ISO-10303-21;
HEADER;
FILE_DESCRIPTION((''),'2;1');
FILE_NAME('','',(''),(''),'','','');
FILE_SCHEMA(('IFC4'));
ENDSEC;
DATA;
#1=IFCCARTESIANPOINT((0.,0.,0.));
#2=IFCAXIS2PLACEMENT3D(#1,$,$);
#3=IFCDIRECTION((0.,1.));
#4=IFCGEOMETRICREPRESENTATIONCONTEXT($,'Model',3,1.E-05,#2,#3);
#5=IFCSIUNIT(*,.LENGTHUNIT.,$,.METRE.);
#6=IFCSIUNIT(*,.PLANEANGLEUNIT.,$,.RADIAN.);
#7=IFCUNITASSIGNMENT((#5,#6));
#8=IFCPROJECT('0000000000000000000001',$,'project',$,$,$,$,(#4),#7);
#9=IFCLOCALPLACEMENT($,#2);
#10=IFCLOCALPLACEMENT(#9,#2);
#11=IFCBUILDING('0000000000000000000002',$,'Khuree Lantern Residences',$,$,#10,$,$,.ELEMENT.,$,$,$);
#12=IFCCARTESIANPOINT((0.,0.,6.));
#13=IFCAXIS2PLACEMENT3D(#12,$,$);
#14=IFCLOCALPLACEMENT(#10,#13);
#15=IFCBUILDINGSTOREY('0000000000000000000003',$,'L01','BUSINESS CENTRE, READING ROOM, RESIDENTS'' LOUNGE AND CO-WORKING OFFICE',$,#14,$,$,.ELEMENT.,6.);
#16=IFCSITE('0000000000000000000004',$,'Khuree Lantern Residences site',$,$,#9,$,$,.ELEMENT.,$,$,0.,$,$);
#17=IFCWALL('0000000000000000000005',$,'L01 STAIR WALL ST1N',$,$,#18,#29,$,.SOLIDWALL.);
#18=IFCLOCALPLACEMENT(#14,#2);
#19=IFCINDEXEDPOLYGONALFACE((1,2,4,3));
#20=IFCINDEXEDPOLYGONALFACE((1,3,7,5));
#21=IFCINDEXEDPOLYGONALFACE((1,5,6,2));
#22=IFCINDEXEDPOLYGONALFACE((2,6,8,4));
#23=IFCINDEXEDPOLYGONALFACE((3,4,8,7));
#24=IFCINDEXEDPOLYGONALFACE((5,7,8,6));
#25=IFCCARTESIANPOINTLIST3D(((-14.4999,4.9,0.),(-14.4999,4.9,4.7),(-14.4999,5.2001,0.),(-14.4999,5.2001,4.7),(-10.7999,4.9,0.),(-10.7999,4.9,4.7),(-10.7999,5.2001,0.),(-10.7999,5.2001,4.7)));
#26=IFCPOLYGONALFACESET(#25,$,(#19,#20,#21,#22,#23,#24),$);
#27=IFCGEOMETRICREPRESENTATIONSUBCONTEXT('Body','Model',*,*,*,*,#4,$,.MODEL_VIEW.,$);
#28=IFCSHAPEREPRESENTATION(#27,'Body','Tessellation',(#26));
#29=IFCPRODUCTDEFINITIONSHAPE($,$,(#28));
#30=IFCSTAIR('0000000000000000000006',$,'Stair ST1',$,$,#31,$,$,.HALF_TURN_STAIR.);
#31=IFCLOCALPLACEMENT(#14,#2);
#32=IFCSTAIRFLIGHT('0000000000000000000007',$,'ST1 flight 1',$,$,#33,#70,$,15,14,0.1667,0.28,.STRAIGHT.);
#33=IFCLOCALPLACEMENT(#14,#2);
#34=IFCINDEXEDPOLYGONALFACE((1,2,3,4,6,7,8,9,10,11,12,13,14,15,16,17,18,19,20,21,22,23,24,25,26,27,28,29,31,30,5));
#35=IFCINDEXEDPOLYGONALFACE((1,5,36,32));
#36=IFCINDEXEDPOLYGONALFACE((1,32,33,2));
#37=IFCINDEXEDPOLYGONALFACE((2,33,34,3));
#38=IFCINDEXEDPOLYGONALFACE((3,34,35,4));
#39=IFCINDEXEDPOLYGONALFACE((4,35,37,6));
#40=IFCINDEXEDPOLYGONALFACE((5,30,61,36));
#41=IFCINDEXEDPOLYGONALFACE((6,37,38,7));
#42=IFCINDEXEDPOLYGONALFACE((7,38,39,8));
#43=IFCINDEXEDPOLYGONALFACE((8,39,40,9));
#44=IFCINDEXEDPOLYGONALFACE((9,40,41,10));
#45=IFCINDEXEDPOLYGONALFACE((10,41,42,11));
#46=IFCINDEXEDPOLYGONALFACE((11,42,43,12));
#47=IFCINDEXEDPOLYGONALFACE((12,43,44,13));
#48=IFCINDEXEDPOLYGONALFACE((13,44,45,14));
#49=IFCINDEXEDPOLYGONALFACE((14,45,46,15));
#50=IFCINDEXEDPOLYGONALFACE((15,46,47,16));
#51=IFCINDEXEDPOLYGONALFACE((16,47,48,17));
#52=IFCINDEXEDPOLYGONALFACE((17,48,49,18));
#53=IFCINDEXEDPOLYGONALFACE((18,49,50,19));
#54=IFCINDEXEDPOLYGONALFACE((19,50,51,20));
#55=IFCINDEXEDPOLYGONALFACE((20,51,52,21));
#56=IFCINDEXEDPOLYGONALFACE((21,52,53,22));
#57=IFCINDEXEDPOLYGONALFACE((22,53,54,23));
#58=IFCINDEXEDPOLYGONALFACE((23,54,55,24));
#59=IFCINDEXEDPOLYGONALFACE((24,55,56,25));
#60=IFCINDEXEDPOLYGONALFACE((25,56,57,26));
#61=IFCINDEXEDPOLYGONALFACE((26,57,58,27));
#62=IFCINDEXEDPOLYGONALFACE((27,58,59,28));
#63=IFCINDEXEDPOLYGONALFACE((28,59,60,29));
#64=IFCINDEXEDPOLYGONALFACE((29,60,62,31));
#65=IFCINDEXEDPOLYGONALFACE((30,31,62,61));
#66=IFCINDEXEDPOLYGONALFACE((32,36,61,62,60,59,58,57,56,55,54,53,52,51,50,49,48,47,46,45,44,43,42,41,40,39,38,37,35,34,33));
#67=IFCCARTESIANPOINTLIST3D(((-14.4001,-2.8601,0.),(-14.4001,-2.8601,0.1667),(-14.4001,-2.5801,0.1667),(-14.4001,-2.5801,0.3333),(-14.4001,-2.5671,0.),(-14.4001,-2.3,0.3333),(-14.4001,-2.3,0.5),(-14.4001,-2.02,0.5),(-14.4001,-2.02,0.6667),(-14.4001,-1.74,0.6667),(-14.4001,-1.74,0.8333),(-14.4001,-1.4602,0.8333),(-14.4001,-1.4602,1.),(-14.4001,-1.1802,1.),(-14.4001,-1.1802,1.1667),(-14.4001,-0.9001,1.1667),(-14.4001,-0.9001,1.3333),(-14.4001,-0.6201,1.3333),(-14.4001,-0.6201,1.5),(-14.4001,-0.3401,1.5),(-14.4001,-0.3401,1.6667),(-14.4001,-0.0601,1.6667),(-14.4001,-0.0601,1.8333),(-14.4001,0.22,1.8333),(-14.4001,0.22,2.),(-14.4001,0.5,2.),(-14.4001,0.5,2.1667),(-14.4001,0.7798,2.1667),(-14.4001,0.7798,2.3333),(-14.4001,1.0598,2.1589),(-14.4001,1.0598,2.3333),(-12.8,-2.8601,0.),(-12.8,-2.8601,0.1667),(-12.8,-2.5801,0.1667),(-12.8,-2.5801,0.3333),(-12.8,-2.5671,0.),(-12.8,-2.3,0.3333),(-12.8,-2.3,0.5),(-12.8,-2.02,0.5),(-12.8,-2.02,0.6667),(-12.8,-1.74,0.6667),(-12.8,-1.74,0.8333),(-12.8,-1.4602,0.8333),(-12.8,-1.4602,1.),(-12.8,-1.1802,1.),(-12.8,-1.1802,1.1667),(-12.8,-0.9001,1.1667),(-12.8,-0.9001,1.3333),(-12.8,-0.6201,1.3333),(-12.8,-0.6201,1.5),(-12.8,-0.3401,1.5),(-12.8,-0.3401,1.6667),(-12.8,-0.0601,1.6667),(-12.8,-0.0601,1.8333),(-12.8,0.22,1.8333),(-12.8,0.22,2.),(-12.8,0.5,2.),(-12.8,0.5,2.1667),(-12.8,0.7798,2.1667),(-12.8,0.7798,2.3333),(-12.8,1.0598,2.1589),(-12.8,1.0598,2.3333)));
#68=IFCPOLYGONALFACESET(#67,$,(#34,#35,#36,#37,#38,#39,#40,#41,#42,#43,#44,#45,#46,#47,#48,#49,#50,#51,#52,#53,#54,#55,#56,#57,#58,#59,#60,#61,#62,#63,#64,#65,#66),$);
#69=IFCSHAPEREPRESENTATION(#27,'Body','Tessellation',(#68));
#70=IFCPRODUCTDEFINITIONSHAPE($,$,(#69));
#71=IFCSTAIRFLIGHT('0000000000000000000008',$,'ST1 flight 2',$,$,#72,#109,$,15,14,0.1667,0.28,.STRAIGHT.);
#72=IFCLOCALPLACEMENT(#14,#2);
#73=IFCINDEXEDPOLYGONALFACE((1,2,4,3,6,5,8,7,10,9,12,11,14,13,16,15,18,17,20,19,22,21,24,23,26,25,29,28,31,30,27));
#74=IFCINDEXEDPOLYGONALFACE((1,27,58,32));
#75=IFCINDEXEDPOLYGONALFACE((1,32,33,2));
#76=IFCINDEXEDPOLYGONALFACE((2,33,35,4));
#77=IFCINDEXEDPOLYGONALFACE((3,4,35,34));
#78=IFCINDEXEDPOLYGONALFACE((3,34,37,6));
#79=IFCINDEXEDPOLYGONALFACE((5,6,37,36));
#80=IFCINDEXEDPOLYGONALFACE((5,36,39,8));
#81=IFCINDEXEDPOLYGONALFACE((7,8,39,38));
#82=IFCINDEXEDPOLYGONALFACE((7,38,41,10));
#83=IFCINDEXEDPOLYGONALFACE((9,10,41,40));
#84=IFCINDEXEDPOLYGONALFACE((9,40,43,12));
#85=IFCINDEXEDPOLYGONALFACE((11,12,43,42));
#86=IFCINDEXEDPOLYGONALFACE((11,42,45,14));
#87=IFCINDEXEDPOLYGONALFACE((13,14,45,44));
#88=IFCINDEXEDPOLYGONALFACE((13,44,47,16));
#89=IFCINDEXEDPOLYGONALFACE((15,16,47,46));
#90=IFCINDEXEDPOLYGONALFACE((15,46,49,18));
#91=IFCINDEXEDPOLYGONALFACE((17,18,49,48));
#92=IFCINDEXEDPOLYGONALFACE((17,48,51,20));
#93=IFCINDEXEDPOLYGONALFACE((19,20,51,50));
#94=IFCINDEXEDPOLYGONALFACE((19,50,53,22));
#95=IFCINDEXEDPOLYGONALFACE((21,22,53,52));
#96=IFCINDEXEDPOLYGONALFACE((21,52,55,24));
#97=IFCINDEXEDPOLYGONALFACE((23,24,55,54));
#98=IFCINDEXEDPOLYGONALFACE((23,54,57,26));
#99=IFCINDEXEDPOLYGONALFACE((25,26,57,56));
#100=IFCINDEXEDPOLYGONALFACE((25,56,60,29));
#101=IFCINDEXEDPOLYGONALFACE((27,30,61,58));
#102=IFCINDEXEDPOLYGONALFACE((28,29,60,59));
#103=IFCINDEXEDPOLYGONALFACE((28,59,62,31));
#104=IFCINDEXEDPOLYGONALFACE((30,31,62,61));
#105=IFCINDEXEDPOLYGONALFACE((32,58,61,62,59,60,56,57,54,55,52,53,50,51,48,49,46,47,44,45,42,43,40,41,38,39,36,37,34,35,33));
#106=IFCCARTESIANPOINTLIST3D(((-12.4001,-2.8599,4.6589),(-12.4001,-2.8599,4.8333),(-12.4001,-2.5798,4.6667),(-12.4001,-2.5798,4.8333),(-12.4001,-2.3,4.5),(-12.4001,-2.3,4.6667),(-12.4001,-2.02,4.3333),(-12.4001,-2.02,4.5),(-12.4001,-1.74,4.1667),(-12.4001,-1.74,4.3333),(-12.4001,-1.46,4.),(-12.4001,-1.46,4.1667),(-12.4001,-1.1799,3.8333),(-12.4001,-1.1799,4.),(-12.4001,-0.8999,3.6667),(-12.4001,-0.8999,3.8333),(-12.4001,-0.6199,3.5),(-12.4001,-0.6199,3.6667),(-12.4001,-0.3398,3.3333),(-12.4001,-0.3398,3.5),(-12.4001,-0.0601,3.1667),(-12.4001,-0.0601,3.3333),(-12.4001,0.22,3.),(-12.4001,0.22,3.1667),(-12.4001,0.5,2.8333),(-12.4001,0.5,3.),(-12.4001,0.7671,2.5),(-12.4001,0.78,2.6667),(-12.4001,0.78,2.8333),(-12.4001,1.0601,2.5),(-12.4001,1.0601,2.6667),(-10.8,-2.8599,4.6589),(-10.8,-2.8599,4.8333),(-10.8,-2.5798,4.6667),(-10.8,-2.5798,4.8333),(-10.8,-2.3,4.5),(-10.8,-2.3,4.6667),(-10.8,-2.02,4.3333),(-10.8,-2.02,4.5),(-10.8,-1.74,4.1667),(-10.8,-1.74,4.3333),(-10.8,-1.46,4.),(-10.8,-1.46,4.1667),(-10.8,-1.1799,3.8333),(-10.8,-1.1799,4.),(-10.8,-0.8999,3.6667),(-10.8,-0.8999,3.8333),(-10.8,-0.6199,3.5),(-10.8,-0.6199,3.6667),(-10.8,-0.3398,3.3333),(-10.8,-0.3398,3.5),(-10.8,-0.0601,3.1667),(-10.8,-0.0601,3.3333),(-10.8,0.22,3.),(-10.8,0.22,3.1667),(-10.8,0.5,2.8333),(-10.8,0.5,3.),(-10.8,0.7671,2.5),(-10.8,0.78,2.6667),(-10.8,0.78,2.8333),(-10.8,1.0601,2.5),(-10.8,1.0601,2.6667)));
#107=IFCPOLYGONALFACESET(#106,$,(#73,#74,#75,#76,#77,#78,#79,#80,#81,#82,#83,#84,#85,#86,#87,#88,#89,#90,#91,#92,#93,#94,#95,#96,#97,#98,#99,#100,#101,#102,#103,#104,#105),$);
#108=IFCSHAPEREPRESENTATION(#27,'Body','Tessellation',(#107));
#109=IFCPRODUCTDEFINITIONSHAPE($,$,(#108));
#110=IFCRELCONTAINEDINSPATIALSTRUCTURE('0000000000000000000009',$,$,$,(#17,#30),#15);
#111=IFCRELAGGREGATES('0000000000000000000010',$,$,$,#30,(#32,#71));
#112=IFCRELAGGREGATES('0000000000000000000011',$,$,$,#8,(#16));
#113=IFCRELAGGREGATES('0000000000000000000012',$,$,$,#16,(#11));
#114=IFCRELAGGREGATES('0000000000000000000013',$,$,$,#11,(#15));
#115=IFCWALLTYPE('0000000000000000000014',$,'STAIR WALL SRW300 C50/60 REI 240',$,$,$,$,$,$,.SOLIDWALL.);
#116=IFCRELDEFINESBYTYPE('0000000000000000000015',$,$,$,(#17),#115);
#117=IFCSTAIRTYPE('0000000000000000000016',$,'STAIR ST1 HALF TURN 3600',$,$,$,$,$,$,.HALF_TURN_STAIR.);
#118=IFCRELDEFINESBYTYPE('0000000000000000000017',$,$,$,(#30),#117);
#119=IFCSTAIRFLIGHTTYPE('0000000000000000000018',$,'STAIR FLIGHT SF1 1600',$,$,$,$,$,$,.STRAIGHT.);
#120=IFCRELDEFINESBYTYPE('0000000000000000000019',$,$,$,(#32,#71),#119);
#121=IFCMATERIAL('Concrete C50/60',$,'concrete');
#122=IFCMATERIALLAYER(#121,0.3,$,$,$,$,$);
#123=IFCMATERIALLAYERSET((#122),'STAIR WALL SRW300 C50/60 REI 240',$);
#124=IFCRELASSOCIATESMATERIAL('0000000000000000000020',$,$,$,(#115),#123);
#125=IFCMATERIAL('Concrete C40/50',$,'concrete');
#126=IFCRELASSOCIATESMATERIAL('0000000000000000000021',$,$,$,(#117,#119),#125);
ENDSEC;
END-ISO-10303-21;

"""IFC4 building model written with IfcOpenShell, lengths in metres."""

from ifc_helpers import new_model, si_unit, direction, frame, frame_2d, origin, place, context, subcontext, project, spatial, polyline, rectangle, outline, extrude, material, layer, layer_set, type_object, element, aggregate, save


model = new_model("IFC4")

# Units and contexts
model_context = context("Model", 3, precision=1e-05, world=origin(), true_north=direction((0.0, 1.0)))
body_context = subcontext(model_context, "Body", "Model", "MODEL_VIEW")
ifc_project = project(units=[si_unit("LENGTHUNIT", "METRE"), si_unit("PLANEANGLEUNIT", "RADIAN")], contexts=[model_context])

# Site, building, storey
site_placement = place(None, origin())
site = spatial("IfcSite", under=ifc_project, at=site_placement, Name="Khuree Lantern Residences site", CompositionType="ELEMENT", RefElevation=0.0)
building_placement = place(site_placement, origin())
building = spatial("IfcBuilding", under=site, at=building_placement, Name="Khuree Lantern Residences", CompositionType="ELEMENT")
storey_placement = place(building_placement, frame((0.0, 0.0, 6.0)))
storey = spatial("IfcBuildingStorey", under=building, at=storey_placement, Name="L01", Description="BUSINESS CENTRE, READING ROOM, RESIDENTS' LOUNGE AND CO-WORKING OFFICE", CompositionType="ELEMENT", Elevation=6.0)

# Shared definitions
ifc_material_1 = material(Name="Concrete C50/60", Category="concrete")
ifc_layer_1 = layer(ifc_material_1, 0.3)
ifc_layer_set_1 = layer_set([ifc_layer_1], Name="STAIR WALL SRW300 C50/60 REI 240")
wall_type_1 = type_object("IfcWallType", Name="STAIR WALL SRW300 C50/60 REI 240", PredefinedType="SOLIDWALL", material=ifc_layer_set_1)

# Wall
wall_1_placement = place(storey_placement, frame((-14.5, 5.05, 0.0), z_axis=(0.0, 0.0, 1.0), x_axis=(1.0, 0.0, 0.0)))
element("IfcWall", 1, at=wall_1_placement, inside=storey, type_object=wall_type_1, Name="L01 STAIR WALL ST1N", PredefinedType="SOLIDWALL", context=body_context, shape_type="SweptSolid", body=[
    extrude(rectangle(XDim=3.7, YDim=0.3, at=frame_2d((1.8501, 0.0))), origin(), (0.0, 0.0, 1.0), 4.7),
])

# Stair, stair flights
ifc_material_2 = material(Name="Concrete C40/50", Category="concrete")
stair_type = type_object("IfcStairType", Name="STAIR ST1 HALF TURN 3600", PredefinedType="HALF_TURN_STAIR", material=ifc_material_2)
stair_placement = place(storey_placement, origin())
stair = element("IfcStair", 2, at=stair_placement, inside=storey, type_object=stair_type, Name="Stair ST1", PredefinedType="HALF_TURN_STAIR")
stair_flight_type = type_object("IfcStairFlightType", Name="STAIR FLIGHT SF1 1600", PredefinedType="STRAIGHT", material=ifc_material_2)
stair_flight_1_placement = place(storey_placement, frame((-13.6001, -2.8601, 0.0), z_axis=(0.0, 0.0, 1.0), x_axis=(0.0, 1.0, 0.0)))
stair_flight_1 = element("IfcStairFlight", 3, at=stair_flight_1_placement, type_object=stair_flight_type, Name="ST1 flight 1", NumberOfRisers=15, NumberOfTreads=14, PredefinedType="STRAIGHT", RiserHeight=0.1667, TreadLength=0.28, context=body_context, shape_type="SweptSolid", body=[
    extrude(outline(polyline([(0.0, 0.0), (0.0, 0.1667), (0.28, 0.1667), (0.28, 0.3333), (0.5601, 0.3333), (0.5601, 0.5), (0.8401, 0.5), (0.8401, 0.6667), (1.1201, 0.6667), (1.1201, 0.8333), (1.3999, 0.8333), (1.3999, 1.0), (1.6799, 1.0), (1.6799, 1.1667), (1.96, 1.1667), (1.96, 1.3333), (2.24, 1.3333), (2.24, 1.5), (2.52, 1.5), (2.52, 1.6667), (2.8, 1.6667), (2.8, 1.8333), (3.0801, 1.8333), (3.0801, 2.0), (3.3601, 2.0), (3.3601, 2.1667), (3.6399, 2.1667), (3.6399, 2.3333), (3.9199, 2.3333), (3.9199, 2.5), (3.9199, 2.1589), (0.293, 0.0), (0.0, 0.0)])), frame((0.0, 0.8, 0.0), z_axis=(0.0, -1.0, 0.0), x_axis=(1.0, 0.0, 0.0)), (0.0, 0.0, 1.0), 1.6001),
])
stair_flight_2_placement = place(storey_placement, frame((-11.6001, 1.0601, 2.5), z_axis=(0.0, 0.0, 1.0), x_axis=(0.0, -1.0, 0.0)))
stair_flight_2 = element("IfcStairFlight", 4, at=stair_flight_2_placement, type_object=stair_flight_type, Name="ST1 flight 2", NumberOfRisers=15, NumberOfTreads=14, PredefinedType="STRAIGHT", RiserHeight=0.1667, TreadLength=0.28, context=body_context, shape_type="SweptSolid", body=[
    extrude(outline(polyline([(0.0, 0.0), (0.0, 0.1667), (0.28, 0.1667), (0.28, 0.3333), (0.5601, 0.3333), (0.5601, 0.5), (0.8401, 0.5), (0.8401, 0.6667), (1.1201, 0.6667), (1.1201, 0.8333), (1.3999, 0.8333), (1.3999, 1.0), (1.6799, 1.0), (1.6799, 1.1667), (1.96, 1.1667), (1.96, 1.3333), (2.24, 1.3333), (2.24, 1.5), (2.52, 1.5), (2.52, 1.6667), (2.8, 1.6667), (2.8, 1.8333), (3.0801, 1.8333), (3.0801, 2.0), (3.3601, 2.0), (3.3601, 2.1667), (3.6399, 2.1667), (3.6399, 2.3333), (3.9199, 2.3333), (3.9199, 2.5), (3.9199, 2.1589), (0.293, 0.0), (0.0, 0.0)])), frame((0.0, 0.8, 0.0), z_axis=(0.0, -1.0, 0.0), x_axis=(1.0, 0.0, 0.0)), (0.0, 0.0, 1.0), 1.6001),
])
aggregate(stair, [stair_flight_1, stair_flight_2])

save(model, "model.ifc")
